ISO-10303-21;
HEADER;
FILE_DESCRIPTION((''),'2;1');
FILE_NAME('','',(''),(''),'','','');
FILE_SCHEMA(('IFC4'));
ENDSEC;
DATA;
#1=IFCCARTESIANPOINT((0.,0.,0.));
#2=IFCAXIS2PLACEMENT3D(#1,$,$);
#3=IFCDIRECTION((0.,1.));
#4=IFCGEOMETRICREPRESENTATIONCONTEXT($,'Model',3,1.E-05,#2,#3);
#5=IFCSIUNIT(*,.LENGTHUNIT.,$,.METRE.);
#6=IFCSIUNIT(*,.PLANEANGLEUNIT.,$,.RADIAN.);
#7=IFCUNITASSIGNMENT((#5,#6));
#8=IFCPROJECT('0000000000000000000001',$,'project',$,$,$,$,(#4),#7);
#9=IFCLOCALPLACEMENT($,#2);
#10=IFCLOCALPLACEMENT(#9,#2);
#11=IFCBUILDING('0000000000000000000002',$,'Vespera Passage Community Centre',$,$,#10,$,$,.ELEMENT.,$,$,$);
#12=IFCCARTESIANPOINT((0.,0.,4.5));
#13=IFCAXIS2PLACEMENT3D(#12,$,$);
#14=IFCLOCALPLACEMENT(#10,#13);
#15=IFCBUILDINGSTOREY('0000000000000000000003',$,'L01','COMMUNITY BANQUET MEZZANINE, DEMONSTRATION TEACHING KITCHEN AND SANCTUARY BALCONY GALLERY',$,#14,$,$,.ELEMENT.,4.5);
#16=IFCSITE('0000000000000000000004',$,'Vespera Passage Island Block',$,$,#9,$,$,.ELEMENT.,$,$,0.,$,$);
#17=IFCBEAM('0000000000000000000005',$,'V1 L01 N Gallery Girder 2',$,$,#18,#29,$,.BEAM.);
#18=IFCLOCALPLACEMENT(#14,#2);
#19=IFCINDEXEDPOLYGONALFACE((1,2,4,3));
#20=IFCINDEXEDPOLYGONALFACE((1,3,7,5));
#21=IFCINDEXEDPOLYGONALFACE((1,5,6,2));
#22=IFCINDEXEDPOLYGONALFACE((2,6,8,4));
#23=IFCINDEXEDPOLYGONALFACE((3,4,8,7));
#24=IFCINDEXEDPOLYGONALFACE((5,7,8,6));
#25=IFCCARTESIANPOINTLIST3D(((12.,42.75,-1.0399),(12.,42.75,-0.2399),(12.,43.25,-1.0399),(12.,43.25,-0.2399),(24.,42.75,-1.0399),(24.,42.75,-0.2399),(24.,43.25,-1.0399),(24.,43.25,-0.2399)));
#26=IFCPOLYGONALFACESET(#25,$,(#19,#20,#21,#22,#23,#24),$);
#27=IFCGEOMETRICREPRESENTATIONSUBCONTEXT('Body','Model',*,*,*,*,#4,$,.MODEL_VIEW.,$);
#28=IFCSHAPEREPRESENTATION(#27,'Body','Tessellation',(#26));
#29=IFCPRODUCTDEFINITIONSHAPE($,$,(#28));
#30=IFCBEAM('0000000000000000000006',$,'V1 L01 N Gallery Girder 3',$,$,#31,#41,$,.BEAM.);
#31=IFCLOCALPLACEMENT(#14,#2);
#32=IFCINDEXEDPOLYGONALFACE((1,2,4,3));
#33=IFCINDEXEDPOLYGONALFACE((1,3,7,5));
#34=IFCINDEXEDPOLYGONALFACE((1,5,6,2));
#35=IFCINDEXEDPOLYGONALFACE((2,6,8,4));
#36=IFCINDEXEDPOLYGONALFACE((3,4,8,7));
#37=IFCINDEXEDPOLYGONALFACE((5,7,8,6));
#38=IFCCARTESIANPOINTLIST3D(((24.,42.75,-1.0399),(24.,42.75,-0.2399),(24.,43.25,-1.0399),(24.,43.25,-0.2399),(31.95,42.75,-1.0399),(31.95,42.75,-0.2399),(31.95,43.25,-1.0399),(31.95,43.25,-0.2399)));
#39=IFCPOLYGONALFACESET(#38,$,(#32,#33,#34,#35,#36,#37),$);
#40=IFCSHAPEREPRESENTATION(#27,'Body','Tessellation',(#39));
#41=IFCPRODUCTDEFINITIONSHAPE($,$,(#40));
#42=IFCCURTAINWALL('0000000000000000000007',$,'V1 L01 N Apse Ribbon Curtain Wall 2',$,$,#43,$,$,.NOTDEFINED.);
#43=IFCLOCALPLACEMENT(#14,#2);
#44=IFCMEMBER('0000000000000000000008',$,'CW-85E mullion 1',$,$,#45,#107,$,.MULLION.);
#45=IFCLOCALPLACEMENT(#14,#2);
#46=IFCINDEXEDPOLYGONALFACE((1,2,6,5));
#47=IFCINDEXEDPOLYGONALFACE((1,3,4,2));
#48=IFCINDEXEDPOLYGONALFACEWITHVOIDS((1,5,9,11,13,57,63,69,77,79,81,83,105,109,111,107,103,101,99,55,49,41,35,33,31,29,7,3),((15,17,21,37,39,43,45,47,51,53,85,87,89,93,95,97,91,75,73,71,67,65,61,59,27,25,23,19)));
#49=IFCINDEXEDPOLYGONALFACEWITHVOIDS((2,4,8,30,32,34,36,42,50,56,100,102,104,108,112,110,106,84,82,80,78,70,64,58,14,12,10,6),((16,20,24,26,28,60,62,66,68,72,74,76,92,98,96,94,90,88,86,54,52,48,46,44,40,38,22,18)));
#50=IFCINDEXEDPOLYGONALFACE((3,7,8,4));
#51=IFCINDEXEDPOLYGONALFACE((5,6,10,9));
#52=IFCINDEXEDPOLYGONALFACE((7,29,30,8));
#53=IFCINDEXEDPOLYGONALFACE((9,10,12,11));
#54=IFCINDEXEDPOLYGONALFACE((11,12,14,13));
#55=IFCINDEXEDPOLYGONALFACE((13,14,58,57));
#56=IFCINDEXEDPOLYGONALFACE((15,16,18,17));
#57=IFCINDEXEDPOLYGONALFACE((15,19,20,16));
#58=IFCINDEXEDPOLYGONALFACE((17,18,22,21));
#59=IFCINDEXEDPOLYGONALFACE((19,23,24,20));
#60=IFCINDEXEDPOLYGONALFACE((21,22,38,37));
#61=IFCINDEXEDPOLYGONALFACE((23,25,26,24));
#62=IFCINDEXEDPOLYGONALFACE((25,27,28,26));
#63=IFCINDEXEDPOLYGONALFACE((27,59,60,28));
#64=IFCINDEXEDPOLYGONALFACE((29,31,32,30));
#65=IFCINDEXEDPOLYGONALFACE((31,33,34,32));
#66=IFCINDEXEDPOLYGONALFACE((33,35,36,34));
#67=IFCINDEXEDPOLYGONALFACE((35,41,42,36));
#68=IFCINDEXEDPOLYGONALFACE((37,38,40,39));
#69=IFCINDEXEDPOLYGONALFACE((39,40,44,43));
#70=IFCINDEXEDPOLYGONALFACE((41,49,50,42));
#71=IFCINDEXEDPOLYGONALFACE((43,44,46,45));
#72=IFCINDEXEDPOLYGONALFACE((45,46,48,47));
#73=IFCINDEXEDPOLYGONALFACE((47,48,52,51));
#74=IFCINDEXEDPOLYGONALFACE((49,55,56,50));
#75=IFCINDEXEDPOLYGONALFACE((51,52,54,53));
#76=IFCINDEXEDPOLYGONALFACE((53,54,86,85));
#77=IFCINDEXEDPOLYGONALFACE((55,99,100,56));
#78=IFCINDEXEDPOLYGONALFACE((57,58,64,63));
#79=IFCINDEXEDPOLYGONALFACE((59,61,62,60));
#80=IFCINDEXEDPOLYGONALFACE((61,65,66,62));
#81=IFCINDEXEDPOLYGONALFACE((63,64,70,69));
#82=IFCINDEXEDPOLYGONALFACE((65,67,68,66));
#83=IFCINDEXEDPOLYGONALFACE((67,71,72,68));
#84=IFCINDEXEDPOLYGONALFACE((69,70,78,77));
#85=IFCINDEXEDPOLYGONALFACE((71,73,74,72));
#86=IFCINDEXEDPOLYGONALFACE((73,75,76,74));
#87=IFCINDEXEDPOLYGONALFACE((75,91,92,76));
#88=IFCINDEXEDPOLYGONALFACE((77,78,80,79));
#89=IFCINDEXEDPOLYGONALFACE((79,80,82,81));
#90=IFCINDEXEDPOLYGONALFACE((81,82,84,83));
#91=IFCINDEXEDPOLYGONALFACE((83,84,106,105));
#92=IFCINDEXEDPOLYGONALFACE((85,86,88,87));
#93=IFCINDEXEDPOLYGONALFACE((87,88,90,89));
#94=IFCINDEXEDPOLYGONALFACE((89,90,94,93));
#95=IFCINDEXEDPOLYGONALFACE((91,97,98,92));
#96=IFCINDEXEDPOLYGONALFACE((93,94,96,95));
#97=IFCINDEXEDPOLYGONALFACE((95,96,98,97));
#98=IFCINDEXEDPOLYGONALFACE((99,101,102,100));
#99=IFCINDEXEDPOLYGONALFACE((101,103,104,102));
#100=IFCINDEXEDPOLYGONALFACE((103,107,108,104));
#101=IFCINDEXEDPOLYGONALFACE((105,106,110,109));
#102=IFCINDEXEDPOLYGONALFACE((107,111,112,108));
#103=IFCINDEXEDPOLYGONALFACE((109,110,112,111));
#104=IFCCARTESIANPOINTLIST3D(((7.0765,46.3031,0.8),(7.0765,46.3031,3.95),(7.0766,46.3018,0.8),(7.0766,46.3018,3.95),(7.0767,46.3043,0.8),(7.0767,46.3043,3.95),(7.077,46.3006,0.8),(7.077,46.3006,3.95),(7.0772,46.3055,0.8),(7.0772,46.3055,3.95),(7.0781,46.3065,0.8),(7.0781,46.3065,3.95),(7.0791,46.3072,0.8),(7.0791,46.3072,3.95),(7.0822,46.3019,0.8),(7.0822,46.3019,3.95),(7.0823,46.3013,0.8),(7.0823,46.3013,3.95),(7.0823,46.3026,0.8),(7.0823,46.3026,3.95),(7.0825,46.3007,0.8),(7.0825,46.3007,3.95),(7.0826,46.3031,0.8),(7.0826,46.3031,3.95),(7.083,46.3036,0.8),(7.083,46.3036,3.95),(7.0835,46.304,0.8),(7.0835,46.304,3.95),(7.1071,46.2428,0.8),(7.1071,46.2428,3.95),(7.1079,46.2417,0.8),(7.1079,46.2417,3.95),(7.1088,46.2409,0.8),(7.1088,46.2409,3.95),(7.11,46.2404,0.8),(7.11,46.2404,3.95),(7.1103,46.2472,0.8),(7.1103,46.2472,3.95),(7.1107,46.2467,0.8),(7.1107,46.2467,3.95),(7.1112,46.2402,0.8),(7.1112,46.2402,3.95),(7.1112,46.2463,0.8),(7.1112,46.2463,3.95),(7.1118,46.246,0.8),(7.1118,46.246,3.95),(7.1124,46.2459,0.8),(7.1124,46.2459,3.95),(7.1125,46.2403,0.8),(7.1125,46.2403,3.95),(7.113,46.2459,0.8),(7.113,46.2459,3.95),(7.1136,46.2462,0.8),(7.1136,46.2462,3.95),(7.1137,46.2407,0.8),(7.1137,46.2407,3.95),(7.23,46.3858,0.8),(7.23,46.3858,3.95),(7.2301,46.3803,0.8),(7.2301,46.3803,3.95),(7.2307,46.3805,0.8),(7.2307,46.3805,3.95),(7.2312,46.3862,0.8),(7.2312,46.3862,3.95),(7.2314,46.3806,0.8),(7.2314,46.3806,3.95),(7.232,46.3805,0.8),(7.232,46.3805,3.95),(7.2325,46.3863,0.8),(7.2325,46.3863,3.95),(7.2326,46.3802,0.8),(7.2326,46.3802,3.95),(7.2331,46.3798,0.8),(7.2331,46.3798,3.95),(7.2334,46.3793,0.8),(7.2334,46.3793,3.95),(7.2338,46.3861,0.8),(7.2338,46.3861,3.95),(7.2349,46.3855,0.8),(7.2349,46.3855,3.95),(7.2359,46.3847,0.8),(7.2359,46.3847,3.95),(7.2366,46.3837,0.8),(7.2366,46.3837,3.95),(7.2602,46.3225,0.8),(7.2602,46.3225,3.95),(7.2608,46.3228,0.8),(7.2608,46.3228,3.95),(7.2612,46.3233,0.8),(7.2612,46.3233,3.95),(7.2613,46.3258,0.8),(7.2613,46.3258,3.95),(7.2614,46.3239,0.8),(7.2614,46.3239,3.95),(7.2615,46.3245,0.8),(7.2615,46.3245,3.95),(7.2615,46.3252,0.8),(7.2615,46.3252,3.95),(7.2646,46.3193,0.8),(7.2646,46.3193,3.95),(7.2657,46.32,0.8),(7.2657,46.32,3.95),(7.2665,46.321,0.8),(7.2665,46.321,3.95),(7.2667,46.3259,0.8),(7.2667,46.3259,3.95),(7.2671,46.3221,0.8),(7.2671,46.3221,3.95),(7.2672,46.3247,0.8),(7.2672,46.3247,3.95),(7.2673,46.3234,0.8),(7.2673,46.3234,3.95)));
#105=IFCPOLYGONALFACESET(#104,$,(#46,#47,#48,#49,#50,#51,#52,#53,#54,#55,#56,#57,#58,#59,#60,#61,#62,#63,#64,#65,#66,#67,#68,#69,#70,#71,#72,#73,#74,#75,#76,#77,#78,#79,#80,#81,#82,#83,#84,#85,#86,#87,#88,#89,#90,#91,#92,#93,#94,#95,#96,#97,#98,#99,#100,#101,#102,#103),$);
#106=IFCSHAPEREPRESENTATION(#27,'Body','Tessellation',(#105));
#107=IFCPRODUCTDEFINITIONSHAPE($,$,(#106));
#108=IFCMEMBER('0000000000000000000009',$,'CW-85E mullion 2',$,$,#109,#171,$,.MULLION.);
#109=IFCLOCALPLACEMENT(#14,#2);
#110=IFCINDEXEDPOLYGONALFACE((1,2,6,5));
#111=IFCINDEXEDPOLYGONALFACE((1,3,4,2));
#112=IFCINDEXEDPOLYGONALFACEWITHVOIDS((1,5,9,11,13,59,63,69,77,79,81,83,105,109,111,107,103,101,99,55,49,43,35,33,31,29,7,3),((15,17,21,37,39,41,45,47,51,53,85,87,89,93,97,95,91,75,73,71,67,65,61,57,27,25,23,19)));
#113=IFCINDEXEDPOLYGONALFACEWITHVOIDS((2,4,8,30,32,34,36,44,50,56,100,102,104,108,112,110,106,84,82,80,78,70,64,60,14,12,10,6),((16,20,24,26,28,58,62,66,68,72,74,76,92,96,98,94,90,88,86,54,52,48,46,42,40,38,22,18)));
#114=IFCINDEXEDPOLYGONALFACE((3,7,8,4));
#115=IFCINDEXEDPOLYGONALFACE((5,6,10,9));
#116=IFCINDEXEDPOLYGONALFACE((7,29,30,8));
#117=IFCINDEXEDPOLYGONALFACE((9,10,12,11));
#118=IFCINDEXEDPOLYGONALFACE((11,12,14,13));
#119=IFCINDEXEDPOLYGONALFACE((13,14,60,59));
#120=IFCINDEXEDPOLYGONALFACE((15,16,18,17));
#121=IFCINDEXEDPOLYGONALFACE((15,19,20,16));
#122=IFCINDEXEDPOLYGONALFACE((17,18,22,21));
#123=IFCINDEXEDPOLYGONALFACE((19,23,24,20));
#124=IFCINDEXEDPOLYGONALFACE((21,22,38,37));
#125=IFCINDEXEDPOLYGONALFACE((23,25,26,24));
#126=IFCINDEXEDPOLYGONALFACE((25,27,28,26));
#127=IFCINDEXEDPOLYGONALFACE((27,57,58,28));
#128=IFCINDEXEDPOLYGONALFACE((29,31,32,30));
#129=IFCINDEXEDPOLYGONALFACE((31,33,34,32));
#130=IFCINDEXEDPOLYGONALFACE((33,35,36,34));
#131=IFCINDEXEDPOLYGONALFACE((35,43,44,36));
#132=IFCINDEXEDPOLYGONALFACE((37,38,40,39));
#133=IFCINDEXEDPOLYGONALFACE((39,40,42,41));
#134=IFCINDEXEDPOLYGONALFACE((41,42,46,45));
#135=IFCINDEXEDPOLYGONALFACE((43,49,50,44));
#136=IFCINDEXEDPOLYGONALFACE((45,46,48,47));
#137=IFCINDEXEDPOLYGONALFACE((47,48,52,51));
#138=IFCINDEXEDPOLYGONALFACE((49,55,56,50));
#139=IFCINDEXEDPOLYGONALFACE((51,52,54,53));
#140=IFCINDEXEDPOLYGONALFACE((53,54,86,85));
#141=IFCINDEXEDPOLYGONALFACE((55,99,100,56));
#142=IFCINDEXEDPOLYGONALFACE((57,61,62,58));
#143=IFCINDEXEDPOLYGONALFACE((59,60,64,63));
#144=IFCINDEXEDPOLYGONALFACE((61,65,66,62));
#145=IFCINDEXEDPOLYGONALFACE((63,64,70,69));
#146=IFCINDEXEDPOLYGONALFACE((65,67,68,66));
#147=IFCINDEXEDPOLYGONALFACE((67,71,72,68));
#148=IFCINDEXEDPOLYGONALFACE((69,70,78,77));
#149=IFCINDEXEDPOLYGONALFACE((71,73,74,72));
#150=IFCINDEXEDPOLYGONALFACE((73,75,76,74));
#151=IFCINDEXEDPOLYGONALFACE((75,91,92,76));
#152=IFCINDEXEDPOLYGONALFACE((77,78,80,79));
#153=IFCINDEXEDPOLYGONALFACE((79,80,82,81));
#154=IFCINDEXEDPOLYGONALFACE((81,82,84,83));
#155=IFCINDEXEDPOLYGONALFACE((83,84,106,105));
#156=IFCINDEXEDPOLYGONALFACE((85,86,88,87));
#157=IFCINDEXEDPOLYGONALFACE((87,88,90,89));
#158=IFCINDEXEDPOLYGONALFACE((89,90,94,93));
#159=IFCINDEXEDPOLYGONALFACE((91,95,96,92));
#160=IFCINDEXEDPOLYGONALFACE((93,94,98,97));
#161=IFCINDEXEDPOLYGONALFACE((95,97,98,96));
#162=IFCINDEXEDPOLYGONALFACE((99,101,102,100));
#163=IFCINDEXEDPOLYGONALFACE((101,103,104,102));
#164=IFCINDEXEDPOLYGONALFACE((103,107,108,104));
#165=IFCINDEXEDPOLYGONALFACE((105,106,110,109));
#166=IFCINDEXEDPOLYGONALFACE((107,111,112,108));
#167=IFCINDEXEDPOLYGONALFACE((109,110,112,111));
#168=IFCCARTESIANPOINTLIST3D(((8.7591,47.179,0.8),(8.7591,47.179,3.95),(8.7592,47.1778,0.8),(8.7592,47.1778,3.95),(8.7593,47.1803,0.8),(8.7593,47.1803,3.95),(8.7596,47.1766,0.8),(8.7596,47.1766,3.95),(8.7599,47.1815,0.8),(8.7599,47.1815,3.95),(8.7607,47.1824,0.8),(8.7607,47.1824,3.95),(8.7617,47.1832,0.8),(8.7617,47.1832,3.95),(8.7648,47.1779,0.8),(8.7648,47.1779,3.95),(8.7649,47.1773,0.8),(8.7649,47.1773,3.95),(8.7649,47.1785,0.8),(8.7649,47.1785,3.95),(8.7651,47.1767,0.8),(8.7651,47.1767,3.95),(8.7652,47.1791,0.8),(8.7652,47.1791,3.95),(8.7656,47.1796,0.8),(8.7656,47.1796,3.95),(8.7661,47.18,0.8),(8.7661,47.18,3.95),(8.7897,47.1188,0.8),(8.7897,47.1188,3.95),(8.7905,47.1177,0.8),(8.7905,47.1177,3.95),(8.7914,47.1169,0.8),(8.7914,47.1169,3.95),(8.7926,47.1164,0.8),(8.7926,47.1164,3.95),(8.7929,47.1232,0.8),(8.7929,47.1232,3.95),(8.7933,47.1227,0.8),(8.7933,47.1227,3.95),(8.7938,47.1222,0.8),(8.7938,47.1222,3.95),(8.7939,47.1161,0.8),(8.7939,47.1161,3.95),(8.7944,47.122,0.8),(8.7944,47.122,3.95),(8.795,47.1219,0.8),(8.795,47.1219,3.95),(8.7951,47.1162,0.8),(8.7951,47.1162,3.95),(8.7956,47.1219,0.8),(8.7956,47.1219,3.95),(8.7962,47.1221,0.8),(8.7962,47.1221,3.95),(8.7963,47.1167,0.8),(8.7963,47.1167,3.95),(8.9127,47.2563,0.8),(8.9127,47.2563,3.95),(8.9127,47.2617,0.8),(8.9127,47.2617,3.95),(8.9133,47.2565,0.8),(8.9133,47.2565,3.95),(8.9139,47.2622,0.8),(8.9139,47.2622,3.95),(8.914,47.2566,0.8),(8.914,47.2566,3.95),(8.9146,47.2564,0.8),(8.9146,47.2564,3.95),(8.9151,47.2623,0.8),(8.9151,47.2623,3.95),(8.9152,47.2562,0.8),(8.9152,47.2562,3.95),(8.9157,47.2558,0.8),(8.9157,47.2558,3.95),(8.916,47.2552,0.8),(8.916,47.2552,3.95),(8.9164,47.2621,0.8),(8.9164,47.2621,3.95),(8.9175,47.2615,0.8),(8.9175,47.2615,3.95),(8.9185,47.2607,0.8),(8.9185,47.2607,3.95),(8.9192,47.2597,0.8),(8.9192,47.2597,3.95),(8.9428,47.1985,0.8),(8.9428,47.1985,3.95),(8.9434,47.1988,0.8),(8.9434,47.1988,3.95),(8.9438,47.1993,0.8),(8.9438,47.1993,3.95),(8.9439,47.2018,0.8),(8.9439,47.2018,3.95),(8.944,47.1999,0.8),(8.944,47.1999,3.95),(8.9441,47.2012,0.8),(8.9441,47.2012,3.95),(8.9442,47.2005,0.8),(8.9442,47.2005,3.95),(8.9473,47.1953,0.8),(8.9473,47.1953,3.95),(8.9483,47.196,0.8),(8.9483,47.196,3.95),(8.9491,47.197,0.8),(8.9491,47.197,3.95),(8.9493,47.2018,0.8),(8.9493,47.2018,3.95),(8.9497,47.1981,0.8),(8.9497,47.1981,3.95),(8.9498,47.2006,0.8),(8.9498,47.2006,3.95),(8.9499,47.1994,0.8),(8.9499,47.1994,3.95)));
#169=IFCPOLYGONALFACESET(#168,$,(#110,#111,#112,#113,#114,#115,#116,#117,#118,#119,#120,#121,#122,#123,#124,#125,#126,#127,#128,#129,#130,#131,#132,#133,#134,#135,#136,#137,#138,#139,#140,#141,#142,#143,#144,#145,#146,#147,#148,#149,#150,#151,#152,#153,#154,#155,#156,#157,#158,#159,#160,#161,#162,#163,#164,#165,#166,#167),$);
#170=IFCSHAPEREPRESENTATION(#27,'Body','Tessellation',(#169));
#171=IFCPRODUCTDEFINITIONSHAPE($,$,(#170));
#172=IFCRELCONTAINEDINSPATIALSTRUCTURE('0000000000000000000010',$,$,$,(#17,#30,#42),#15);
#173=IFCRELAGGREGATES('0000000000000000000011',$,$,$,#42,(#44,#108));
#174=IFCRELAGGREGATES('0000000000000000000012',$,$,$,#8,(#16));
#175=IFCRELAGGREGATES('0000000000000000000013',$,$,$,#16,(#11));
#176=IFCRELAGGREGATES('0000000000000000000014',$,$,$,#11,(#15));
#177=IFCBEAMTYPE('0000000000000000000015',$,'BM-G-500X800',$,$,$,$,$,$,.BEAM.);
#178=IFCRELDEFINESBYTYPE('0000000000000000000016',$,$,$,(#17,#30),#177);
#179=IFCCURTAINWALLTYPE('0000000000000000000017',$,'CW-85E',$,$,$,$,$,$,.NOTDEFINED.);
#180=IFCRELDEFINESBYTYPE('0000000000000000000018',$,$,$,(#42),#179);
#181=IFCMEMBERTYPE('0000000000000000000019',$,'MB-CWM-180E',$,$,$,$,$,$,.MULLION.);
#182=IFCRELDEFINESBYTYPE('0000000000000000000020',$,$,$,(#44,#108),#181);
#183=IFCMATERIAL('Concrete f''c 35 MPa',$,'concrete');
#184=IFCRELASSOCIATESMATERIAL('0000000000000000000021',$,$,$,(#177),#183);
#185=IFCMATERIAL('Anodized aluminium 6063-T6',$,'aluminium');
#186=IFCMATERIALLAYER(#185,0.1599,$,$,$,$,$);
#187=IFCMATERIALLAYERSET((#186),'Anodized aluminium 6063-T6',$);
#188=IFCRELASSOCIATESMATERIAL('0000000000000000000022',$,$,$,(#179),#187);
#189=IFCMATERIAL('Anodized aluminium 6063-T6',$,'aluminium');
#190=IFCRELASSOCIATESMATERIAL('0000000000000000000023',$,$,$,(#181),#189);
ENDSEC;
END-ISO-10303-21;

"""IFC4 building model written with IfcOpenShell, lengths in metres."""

from ifc_helpers import new_model, si_unit, direction, frame, origin, origin_2d, place, context, subcontext, project, spatial, rectangle, hollow_rectangle, extrude, material, layer, layer_set, material_profile, profile_set, type_object, element, aggregate, save


model = new_model("IFC4")

# Units and contexts
model_context = context("Model", 3, precision=1e-05, world=origin(), true_north=direction((0.0, 1.0)))
body_context = subcontext(model_context, "Body", "Model", "MODEL_VIEW")
ifc_project = project(units=[si_unit("LENGTHUNIT", "METRE"), si_unit("PLANEANGLEUNIT", "RADIAN")], contexts=[model_context])

# Site, building, storey
site_placement = place(None, origin())
site = spatial("IfcSite", under=ifc_project, at=site_placement, Name="Vespera Passage Island Block", CompositionType="ELEMENT", RefElevation=0.0)
building_placement = place(site_placement, origin())
building = spatial("IfcBuilding", under=site, at=building_placement, Name="Vespera Passage Community Centre", CompositionType="ELEMENT")
storey_placement = place(building_placement, frame((0.0, 0.0, 4.5)))
storey = spatial("IfcBuildingStorey", under=building, at=storey_placement, Name="L01", Description="COMMUNITY BANQUET MEZZANINE, DEMONSTRATION TEACHING KITCHEN AND SANCTUARY BALCONY GALLERY", CompositionType="ELEMENT", Elevation=4.5)

# Beams
ifc_material_1 = material(Name="Concrete f'c 35 MPa", Category="concrete")
ifc_material_profile_1 = material_profile(ifc_material_1, rectangle(XDim=0.5, YDim=0.8, at=origin_2d()), Name="RC500X800")
ifc_profile_set_1 = profile_set([ifc_material_profile_1], Name="Concrete f'c 35 MPa")
beam_type = type_object("IfcBeamType", Name="BM-G-500X800", PredefinedType="BEAM", material=ifc_profile_set_1)
beam_1_placement = place(storey_placement, frame((12.0, 43.0, -0.6399), z_axis=(1.0, 0.0, 0.0), x_axis=(0.0, 1.0, 0.0)))
element("IfcBeam", 1, at=beam_1_placement, inside=storey, type_object=beam_type, Name="V1 L01 N Gallery Girder 2", PredefinedType="BEAM", context=body_context, shape_type="SweptSolid", body=[
    extrude(rectangle(XDim=0.5, YDim=0.8, at=origin_2d()), origin(), (0.0, 0.0, 1.0), 12.0),
])
beam_2_placement = place(storey_placement, frame((24.0, 43.0, -0.6399), z_axis=(1.0, 0.0, 0.0), x_axis=(0.0, 1.0, 0.0)))
element("IfcBeam", 2, at=beam_2_placement, inside=storey, type_object=beam_type, Name="V1 L01 N Gallery Girder 3", PredefinedType="BEAM", context=body_context, shape_type="SweptSolid", body=[
    extrude(rectangle(XDim=0.5, YDim=0.8, at=origin_2d()), origin(), (0.0, 0.0, 1.0), 7.95),
])

# Curtain wall, members
ifc_material_2 = material(Name="Anodized aluminium 6063-T6", Category="aluminium")
ifc_layer_1 = layer(ifc_material_2, 0.1599)
ifc_layer_set_1 = layer_set([ifc_layer_1], Name="Anodized aluminium 6063-T6")
curtain_wall_type = type_object("IfcCurtainWallType", Name="CW-85E", PredefinedType="NOTDEFINED", material=ifc_layer_set_1)
curtain_wall_placement = place(storey_placement, origin())
curtain_wall = element("IfcCurtainWall", 3, at=curtain_wall_placement, inside=storey, type_object=curtain_wall_type, Name="V1 L01 N Apse Ribbon Curtain Wall 2", PredefinedType="NOTDEFINED")
ifc_material_3 = material(Name="Anodized aluminium 6063-T6", Category="aluminium")
ifc_material_profile_2 = material_profile(ifc_material_3, hollow_rectangle(XDim=0.075, YDim=0.1799, WallThickness=0.0049, InnerFilletRadius=0.0024, OuterFilletRadius=0.0049, at=origin_2d()), Name="ALU180X75X5")
ifc_profile_set_2 = profile_set([ifc_material_profile_2], Name="Anodized aluminium 6063-T6")
member_type_1 = type_object("IfcMemberType", Name="MB-CWM-180E", PredefinedType="MULLION", material=ifc_profile_set_2)
member_1_placement = place(storey_placement, frame((7.1719, 46.3132, 0.8), z_axis=(0.0, 0.0, 1.0), x_axis=(-0.461745, 0.887013, 0.0)))
member_1 = element("IfcMember", 4, at=member_1_placement, type_object=member_type_1, Name="CW-85E mullion 1", PredefinedType="MULLION", context=body_context, shape_type="SweptSolid", body=[
    extrude(hollow_rectangle(XDim=0.075, YDim=0.1799, WallThickness=0.0049, InnerFilletRadius=0.0024, OuterFilletRadius=0.0049, at=origin_2d()), origin(), (0.0, 0.0, 1.0), 3.1499),
])
member_2_placement = place(storey_placement, frame((8.8545, 47.1892, 0.8), z_axis=(0.0, 0.0, 1.0), x_axis=(-0.461745, 0.887013, 0.0)))
member_2 = element("IfcMember", 5, at=member_2_placement, type_object=member_type_1, Name="CW-85E mullion 2", PredefinedType="MULLION", context=body_context, shape_type="SweptSolid", body=[
    extrude(hollow_rectangle(XDim=0.075, YDim=0.1799, WallThickness=0.0049, InnerFilletRadius=0.0024, OuterFilletRadius=0.0049, at=origin_2d()), origin(), (0.0, 0.0, 1.0), 3.1499),
])
aggregate(curtain_wall, [member_1, member_2])

save(model, "model.ifc")
